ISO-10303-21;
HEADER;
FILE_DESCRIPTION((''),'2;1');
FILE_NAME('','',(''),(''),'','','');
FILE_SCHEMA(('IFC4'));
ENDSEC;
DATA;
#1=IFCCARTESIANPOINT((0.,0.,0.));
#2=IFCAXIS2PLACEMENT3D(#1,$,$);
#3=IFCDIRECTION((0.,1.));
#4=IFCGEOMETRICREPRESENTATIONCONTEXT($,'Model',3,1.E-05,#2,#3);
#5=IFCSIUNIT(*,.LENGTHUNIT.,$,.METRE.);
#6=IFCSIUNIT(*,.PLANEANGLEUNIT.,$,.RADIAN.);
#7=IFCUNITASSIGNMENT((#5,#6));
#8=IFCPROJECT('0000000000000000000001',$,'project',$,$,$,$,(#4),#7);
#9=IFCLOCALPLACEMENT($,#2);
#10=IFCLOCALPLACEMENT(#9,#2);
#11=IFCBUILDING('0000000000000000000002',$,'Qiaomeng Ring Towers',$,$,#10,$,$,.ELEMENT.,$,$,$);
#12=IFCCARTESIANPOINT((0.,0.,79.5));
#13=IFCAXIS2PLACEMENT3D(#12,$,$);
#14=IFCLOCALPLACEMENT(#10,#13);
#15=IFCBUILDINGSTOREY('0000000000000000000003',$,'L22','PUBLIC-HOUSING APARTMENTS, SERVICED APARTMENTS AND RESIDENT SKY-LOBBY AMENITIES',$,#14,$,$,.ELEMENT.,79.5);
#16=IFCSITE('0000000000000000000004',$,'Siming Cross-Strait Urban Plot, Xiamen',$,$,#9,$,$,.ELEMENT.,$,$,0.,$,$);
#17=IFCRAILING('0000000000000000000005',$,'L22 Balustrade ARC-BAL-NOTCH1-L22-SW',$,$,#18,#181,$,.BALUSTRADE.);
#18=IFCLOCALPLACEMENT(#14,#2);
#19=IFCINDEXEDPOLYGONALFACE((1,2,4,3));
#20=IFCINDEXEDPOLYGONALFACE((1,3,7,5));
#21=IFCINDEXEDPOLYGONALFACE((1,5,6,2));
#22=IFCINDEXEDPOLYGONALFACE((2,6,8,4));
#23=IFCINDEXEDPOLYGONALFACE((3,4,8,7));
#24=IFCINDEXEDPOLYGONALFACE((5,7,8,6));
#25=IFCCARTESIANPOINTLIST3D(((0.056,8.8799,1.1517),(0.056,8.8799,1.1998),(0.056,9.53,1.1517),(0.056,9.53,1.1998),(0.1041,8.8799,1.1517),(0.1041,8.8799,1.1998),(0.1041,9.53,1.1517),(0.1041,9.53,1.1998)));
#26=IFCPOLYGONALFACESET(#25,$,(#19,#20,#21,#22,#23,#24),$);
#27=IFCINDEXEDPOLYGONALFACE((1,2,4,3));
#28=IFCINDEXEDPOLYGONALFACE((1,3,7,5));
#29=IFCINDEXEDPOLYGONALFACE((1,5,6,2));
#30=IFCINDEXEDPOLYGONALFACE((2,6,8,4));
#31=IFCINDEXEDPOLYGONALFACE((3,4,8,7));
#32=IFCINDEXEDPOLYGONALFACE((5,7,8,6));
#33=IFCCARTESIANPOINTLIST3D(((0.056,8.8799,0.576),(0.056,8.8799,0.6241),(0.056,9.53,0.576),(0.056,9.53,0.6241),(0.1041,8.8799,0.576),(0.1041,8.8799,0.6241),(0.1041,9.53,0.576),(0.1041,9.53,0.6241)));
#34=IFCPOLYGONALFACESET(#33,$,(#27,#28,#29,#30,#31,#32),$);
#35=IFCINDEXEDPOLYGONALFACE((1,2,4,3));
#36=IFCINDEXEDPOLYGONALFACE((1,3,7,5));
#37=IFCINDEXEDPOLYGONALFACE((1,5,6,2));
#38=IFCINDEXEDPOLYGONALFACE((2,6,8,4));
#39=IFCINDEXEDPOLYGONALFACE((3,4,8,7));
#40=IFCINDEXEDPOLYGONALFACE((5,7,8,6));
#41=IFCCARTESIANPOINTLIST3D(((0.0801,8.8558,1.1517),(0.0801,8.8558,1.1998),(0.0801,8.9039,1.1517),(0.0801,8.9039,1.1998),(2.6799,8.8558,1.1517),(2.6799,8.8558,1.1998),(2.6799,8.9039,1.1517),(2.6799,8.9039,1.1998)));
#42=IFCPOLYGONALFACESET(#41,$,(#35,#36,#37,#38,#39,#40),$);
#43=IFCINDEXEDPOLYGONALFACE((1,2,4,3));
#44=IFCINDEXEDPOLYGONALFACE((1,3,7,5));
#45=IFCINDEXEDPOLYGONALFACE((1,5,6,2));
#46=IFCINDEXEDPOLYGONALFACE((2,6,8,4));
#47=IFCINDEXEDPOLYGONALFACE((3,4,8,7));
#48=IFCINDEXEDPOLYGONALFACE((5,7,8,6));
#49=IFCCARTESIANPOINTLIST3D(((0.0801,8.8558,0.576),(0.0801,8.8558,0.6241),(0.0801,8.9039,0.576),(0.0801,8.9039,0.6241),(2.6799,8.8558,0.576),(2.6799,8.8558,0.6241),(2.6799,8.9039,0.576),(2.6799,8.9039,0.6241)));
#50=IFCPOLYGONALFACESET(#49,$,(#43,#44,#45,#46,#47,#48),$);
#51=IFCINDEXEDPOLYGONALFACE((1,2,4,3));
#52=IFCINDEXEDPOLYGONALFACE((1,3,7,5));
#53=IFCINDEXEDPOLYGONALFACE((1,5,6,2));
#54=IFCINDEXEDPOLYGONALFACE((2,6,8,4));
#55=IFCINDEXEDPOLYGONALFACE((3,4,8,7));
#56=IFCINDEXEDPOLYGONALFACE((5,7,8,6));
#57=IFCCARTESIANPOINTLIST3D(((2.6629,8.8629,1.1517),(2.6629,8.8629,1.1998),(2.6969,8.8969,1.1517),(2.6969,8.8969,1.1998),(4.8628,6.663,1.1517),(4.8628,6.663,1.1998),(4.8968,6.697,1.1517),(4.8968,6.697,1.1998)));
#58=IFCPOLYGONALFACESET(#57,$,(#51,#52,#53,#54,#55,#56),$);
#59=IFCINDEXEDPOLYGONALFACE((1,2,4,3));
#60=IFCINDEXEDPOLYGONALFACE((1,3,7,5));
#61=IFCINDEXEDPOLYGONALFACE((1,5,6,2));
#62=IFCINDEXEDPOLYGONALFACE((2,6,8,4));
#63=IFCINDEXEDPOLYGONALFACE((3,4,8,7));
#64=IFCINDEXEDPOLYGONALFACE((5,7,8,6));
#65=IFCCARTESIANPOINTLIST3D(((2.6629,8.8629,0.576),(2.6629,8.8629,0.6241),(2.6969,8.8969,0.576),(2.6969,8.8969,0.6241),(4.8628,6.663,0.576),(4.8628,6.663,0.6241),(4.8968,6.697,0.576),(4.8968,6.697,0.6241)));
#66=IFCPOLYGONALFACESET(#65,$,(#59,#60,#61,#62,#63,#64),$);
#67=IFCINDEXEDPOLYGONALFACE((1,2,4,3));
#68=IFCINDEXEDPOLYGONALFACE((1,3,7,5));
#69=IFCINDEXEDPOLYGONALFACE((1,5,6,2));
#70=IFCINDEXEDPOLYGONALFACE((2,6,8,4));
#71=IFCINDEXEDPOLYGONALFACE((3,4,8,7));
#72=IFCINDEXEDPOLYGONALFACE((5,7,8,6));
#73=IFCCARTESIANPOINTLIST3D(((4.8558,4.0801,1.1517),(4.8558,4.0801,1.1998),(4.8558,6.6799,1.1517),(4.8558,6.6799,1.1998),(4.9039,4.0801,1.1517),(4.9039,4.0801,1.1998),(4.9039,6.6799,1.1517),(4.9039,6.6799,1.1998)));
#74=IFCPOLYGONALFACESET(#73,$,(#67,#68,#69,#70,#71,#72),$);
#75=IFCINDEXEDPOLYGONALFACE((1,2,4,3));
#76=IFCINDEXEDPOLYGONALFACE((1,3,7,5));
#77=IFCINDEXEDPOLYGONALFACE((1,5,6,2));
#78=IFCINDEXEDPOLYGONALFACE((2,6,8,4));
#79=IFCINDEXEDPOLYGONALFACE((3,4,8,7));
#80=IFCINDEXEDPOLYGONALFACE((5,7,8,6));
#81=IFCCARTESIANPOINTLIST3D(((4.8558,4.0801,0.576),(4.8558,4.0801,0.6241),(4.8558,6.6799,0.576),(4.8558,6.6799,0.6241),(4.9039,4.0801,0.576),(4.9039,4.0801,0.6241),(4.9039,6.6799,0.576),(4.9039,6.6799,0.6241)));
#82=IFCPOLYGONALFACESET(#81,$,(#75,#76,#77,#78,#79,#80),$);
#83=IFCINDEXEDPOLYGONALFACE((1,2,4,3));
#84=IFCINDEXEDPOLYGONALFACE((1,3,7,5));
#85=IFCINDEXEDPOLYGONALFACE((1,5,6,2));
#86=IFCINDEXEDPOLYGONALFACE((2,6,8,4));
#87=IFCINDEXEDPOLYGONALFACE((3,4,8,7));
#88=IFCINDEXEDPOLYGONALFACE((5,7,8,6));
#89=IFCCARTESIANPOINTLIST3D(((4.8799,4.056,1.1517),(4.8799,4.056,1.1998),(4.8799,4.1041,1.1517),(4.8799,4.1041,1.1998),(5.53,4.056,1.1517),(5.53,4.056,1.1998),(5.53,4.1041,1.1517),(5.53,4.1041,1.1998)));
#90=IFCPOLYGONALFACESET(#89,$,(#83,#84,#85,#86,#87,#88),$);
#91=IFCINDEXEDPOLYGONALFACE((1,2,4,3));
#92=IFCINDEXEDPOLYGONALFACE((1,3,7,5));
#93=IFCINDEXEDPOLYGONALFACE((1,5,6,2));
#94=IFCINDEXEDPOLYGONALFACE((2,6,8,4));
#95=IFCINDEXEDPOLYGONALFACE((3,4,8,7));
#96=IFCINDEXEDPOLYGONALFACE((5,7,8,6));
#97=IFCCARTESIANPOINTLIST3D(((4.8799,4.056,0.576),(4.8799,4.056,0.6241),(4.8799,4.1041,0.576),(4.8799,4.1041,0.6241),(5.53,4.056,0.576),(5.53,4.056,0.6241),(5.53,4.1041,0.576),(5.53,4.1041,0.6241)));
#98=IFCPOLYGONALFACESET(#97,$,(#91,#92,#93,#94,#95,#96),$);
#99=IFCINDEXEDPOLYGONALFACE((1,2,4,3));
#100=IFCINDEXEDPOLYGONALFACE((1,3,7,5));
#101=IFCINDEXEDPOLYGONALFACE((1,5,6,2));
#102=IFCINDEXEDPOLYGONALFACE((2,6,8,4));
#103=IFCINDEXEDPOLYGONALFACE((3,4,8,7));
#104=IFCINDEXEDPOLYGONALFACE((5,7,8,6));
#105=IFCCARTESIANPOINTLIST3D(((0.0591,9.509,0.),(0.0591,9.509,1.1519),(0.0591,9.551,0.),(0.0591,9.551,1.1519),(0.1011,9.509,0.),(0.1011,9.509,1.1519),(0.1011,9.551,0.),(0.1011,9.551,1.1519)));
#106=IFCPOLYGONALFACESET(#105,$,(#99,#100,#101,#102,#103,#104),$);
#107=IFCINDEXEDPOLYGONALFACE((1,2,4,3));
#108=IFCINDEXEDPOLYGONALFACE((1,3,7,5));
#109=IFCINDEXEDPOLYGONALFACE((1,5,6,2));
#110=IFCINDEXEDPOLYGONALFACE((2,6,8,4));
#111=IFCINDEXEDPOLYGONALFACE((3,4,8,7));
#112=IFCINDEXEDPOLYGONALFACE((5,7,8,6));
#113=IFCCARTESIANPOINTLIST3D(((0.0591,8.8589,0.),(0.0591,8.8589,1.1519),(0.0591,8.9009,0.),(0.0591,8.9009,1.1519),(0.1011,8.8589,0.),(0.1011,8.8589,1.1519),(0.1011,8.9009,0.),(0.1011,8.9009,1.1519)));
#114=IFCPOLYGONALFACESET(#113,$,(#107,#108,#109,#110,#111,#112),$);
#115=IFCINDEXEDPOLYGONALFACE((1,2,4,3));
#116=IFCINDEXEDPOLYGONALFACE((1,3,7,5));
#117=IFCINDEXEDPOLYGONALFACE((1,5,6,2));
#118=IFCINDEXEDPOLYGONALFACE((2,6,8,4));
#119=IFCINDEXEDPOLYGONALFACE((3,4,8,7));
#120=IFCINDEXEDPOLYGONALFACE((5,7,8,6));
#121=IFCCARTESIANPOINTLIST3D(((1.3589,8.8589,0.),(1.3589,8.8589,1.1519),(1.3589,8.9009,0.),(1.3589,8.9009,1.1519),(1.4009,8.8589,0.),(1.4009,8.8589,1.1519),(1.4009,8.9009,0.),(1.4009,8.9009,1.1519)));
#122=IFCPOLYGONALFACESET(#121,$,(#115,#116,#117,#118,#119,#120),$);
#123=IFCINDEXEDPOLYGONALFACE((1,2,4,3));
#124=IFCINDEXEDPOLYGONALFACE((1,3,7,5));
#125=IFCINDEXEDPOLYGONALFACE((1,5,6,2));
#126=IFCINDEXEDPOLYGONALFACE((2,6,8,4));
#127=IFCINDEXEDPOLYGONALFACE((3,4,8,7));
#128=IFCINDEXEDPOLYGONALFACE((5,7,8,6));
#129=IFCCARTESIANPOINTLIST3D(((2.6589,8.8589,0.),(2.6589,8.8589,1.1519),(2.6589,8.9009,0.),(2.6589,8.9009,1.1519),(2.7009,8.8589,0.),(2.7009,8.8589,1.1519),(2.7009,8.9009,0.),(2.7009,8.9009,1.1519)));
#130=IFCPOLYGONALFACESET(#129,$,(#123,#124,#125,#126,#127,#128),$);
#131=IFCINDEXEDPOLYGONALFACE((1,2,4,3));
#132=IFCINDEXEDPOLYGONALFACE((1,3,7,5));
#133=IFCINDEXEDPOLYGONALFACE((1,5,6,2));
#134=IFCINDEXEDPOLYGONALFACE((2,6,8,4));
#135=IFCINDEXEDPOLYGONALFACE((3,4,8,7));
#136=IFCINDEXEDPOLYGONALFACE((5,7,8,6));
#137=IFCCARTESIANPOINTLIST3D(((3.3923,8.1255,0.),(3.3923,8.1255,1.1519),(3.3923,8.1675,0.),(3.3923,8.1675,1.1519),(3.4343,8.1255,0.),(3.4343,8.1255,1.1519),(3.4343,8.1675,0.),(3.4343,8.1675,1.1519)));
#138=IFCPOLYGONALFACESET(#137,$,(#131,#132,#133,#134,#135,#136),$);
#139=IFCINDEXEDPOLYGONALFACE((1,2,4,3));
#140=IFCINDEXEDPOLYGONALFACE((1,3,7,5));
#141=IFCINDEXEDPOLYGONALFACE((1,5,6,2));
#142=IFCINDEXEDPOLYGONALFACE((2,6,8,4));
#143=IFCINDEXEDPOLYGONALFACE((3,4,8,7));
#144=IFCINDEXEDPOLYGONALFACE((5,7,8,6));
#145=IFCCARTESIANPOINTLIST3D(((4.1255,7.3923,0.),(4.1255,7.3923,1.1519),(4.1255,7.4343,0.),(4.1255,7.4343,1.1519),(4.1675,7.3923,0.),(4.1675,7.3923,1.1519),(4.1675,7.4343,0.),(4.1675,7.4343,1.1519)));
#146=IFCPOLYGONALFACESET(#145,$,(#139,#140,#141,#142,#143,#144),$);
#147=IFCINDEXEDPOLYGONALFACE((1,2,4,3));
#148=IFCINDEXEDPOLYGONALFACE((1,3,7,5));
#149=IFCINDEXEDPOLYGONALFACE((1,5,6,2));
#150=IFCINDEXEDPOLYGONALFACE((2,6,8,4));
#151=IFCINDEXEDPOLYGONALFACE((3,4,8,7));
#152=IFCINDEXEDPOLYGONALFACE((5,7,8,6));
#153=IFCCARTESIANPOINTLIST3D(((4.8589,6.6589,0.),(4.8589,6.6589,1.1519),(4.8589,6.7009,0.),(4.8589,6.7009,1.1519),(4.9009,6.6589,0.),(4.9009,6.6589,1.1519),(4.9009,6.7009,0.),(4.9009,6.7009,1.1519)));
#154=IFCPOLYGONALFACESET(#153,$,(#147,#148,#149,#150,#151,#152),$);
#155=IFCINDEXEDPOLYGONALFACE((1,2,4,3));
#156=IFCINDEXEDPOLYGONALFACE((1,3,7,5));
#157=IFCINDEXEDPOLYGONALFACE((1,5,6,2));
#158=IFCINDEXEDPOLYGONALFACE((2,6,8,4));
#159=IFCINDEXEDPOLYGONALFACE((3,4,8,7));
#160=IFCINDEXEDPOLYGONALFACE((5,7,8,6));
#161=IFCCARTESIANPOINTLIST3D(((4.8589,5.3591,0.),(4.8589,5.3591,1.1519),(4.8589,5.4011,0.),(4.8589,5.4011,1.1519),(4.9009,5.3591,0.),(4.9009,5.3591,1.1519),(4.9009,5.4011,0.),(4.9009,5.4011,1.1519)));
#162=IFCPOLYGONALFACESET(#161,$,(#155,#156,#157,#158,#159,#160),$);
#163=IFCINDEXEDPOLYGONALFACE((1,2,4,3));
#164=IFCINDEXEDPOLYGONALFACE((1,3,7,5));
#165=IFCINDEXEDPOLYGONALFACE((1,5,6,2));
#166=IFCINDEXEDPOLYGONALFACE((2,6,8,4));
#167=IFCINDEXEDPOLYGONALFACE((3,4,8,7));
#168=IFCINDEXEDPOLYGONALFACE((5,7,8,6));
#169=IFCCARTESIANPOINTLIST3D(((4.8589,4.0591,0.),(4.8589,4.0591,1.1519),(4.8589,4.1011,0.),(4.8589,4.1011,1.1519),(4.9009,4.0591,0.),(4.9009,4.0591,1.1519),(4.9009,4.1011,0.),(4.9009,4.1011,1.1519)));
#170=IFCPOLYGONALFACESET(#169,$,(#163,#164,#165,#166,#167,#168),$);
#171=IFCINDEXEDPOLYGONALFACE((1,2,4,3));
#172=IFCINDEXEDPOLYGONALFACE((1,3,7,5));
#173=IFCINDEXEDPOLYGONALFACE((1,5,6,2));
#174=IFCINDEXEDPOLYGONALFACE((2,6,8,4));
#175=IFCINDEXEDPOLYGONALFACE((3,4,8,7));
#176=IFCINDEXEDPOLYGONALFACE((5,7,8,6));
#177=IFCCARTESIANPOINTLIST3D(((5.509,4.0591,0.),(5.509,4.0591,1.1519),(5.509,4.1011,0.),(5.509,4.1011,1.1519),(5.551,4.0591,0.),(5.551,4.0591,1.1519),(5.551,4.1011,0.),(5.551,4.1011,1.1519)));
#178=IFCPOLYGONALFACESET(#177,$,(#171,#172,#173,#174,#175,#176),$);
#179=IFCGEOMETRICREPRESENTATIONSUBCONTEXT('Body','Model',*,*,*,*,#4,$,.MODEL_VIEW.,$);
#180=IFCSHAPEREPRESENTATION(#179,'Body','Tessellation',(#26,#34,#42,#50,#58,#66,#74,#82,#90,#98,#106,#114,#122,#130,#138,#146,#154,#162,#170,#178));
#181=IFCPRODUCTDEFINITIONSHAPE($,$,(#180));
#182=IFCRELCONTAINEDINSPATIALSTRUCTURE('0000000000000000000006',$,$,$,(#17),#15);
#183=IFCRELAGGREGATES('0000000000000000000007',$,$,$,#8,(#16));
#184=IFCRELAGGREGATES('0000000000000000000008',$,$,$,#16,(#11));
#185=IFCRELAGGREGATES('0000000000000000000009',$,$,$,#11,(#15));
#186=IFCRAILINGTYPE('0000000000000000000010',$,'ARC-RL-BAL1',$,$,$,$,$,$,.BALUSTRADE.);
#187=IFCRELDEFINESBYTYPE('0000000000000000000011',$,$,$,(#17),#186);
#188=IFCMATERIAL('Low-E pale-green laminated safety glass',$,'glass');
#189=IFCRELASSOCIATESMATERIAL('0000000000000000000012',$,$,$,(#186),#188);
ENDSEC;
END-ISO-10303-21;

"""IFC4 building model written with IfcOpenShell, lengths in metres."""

from ifc_helpers import new_model, si_unit, direction, frame, origin, origin_2d, place, context, subcontext, project, spatial, rectangle, extrude, material, type_object, element, save


model = new_model("IFC4")

# Units and contexts
model_context = context("Model", 3, precision=1e-05, world=origin(), true_north=direction((0.0, 1.0)))
body_context = subcontext(model_context, "Body", "Model", "MODEL_VIEW")
ifc_project = project(units=[si_unit("LENGTHUNIT", "METRE"), si_unit("PLANEANGLEUNIT", "RADIAN")], contexts=[model_context])

# Site, building, storey
site_placement = place(None, origin())
site = spatial("IfcSite", under=ifc_project, at=site_placement, Name="Siming Cross-Strait Urban Plot, Xiamen", CompositionType="ELEMENT", RefElevation=0.0)
building_placement = place(site_placement, origin())
building = spatial("IfcBuilding", under=site, at=building_placement, Name="Qiaomeng Ring Towers", CompositionType="ELEMENT")
storey_placement = place(building_placement, frame((0.0, 0.0, 79.5)))
storey = spatial("IfcBuildingStorey", under=building, at=storey_placement, Name="L22", Description="PUBLIC-HOUSING APARTMENTS, SERVICED APARTMENTS AND RESIDENT SKY-LOBBY AMENITIES", CompositionType="ELEMENT", Elevation=79.5)

# Railing
ifc_material_1 = material(Name="Low-E pale-green laminated safety glass", Category="glass")
railing_type = type_object("IfcRailingType", Name="ARC-RL-BAL1", PredefinedType="BALUSTRADE", material=ifc_material_1)
railing_1_placement = place(storey_placement, frame((0.0801, 9.53, 0.0)))
element("IfcRailing", 1, at=railing_1_placement, inside=storey, type_object=railing_type, Name="L22 Balustrade ARC-BAL-NOTCH1-L22-SW", PredefinedType="BALUSTRADE", context=body_context, shape_type="SweptSolid", body=[
    extrude(rectangle(XDim=0.0481, YDim=0.0481, at=origin_2d()), frame((0.0, 0.0, 1.1758), z_axis=(0.0, -1.0, 0.0), x_axis=(1.0, 0.0, 0.0)), (0.0, 0.0, 1.0), 0.6501),
    extrude(rectangle(XDim=0.0481, YDim=0.0481, at=origin_2d()), frame((0.0, 0.0, 0.6001), z_axis=(0.0, -1.0, 0.0), x_axis=(1.0, 0.0, 0.0)), (0.0, 0.0, 1.0), 0.6501),
    extrude(rectangle(XDim=0.0481, YDim=0.0481, at=origin_2d()), frame((0.0, -0.6501, 1.1758), z_axis=(1.0, 0.0, 0.0), x_axis=(0.0, 1.0, 0.0)), (0.0, 0.0, 1.0), 2.5999),
    extrude(rectangle(XDim=0.0481, YDim=0.0481, at=origin_2d()), frame((0.0, -0.6501, 0.6001), z_axis=(1.0, 0.0, 0.0), x_axis=(0.0, 1.0, 0.0)), (0.0, 0.0, 1.0), 2.5999),
    extrude(rectangle(XDim=0.0481, YDim=0.0481, at=origin_2d()), frame((2.5999, -0.6501, 1.1758), z_axis=(0.707107, -0.707107, 0.0), x_axis=(0.707107, 0.707107, 0.0)), (0.0, 0.0, 1.0), 3.1111),
    extrude(rectangle(XDim=0.0481, YDim=0.0481, at=origin_2d()), frame((2.5999, -0.6501, 0.6001), z_axis=(0.707107, -0.707107, 0.0), x_axis=(0.707107, 0.707107, 0.0)), (0.0, 0.0, 1.0), 3.1111),
    extrude(rectangle(XDim=0.0481, YDim=0.0481, at=origin_2d()), frame((4.7998, -2.8501, 1.1758), z_axis=(0.0, -1.0, 0.0), x_axis=(1.0, 0.0, 0.0)), (0.0, 0.0, 1.0), 2.5999),
    extrude(rectangle(XDim=0.0481, YDim=0.0481, at=origin_2d()), frame((4.7998, -2.8501, 0.6001), z_axis=(0.0, -1.0, 0.0), x_axis=(1.0, 0.0, 0.0)), (0.0, 0.0, 1.0), 2.5999),
    extrude(rectangle(XDim=0.0481, YDim=0.0481, at=origin_2d()), frame((4.7998, -5.45, 1.1758), z_axis=(1.0, 0.0, 0.0), x_axis=(0.0, 1.0, 0.0)), (0.0, 0.0, 1.0), 0.6501),
    extrude(rectangle(XDim=0.0481, YDim=0.0481, at=origin_2d()), frame((4.7998, -5.45, 0.6001), z_axis=(1.0, 0.0, 0.0), x_axis=(0.0, 1.0, 0.0)), (0.0, 0.0, 1.0), 0.6501),
    extrude(rectangle(XDim=0.042, YDim=0.042, at=origin_2d()), origin(), (0.0, 0.0, 1.0), 1.1519),
    extrude(rectangle(XDim=0.042, YDim=0.042, at=origin_2d()), frame((0.0, -0.6501, 0.0)), (0.0, 0.0, 1.0), 1.1519),
    extrude(rectangle(XDim=0.042, YDim=0.042, at=origin_2d()), frame((1.2998, -0.6501, 0.0)), (0.0, 0.0, 1.0), 1.1519),
    extrude(rectangle(XDim=0.042, YDim=0.042, at=origin_2d()), frame((2.5999, -0.6501, 0.0)), (0.0, 0.0, 1.0), 1.1519),
    extrude(rectangle(XDim=0.042, YDim=0.042, at=origin_2d()), frame((3.3333, -1.3835, 0.0)), (0.0, 0.0, 1.0), 1.1519),
    extrude(rectangle(XDim=0.042, YDim=0.042, at=origin_2d()), frame((4.0664, -2.1167, 0.0)), (0.0, 0.0, 1.0), 1.1519),
    extrude(rectangle(XDim=0.042, YDim=0.042, at=origin_2d()), frame((4.7998, -2.8501, 0.0)), (0.0, 0.0, 1.0), 1.1519),
    extrude(rectangle(XDim=0.042, YDim=0.042, at=origin_2d()), frame((4.7998, -4.1499, 0.0)), (0.0, 0.0, 1.0), 1.1519),
    extrude(rectangle(XDim=0.042, YDim=0.042, at=origin_2d()), frame((4.7998, -5.45, 0.0)), (0.0, 0.0, 1.0), 1.1519),
    extrude(rectangle(XDim=0.042, YDim=0.042, at=origin_2d()), frame((5.45, -5.45, 0.0)), (0.0, 0.0, 1.0), 1.1519),
])

save(model, "model.ifc")
